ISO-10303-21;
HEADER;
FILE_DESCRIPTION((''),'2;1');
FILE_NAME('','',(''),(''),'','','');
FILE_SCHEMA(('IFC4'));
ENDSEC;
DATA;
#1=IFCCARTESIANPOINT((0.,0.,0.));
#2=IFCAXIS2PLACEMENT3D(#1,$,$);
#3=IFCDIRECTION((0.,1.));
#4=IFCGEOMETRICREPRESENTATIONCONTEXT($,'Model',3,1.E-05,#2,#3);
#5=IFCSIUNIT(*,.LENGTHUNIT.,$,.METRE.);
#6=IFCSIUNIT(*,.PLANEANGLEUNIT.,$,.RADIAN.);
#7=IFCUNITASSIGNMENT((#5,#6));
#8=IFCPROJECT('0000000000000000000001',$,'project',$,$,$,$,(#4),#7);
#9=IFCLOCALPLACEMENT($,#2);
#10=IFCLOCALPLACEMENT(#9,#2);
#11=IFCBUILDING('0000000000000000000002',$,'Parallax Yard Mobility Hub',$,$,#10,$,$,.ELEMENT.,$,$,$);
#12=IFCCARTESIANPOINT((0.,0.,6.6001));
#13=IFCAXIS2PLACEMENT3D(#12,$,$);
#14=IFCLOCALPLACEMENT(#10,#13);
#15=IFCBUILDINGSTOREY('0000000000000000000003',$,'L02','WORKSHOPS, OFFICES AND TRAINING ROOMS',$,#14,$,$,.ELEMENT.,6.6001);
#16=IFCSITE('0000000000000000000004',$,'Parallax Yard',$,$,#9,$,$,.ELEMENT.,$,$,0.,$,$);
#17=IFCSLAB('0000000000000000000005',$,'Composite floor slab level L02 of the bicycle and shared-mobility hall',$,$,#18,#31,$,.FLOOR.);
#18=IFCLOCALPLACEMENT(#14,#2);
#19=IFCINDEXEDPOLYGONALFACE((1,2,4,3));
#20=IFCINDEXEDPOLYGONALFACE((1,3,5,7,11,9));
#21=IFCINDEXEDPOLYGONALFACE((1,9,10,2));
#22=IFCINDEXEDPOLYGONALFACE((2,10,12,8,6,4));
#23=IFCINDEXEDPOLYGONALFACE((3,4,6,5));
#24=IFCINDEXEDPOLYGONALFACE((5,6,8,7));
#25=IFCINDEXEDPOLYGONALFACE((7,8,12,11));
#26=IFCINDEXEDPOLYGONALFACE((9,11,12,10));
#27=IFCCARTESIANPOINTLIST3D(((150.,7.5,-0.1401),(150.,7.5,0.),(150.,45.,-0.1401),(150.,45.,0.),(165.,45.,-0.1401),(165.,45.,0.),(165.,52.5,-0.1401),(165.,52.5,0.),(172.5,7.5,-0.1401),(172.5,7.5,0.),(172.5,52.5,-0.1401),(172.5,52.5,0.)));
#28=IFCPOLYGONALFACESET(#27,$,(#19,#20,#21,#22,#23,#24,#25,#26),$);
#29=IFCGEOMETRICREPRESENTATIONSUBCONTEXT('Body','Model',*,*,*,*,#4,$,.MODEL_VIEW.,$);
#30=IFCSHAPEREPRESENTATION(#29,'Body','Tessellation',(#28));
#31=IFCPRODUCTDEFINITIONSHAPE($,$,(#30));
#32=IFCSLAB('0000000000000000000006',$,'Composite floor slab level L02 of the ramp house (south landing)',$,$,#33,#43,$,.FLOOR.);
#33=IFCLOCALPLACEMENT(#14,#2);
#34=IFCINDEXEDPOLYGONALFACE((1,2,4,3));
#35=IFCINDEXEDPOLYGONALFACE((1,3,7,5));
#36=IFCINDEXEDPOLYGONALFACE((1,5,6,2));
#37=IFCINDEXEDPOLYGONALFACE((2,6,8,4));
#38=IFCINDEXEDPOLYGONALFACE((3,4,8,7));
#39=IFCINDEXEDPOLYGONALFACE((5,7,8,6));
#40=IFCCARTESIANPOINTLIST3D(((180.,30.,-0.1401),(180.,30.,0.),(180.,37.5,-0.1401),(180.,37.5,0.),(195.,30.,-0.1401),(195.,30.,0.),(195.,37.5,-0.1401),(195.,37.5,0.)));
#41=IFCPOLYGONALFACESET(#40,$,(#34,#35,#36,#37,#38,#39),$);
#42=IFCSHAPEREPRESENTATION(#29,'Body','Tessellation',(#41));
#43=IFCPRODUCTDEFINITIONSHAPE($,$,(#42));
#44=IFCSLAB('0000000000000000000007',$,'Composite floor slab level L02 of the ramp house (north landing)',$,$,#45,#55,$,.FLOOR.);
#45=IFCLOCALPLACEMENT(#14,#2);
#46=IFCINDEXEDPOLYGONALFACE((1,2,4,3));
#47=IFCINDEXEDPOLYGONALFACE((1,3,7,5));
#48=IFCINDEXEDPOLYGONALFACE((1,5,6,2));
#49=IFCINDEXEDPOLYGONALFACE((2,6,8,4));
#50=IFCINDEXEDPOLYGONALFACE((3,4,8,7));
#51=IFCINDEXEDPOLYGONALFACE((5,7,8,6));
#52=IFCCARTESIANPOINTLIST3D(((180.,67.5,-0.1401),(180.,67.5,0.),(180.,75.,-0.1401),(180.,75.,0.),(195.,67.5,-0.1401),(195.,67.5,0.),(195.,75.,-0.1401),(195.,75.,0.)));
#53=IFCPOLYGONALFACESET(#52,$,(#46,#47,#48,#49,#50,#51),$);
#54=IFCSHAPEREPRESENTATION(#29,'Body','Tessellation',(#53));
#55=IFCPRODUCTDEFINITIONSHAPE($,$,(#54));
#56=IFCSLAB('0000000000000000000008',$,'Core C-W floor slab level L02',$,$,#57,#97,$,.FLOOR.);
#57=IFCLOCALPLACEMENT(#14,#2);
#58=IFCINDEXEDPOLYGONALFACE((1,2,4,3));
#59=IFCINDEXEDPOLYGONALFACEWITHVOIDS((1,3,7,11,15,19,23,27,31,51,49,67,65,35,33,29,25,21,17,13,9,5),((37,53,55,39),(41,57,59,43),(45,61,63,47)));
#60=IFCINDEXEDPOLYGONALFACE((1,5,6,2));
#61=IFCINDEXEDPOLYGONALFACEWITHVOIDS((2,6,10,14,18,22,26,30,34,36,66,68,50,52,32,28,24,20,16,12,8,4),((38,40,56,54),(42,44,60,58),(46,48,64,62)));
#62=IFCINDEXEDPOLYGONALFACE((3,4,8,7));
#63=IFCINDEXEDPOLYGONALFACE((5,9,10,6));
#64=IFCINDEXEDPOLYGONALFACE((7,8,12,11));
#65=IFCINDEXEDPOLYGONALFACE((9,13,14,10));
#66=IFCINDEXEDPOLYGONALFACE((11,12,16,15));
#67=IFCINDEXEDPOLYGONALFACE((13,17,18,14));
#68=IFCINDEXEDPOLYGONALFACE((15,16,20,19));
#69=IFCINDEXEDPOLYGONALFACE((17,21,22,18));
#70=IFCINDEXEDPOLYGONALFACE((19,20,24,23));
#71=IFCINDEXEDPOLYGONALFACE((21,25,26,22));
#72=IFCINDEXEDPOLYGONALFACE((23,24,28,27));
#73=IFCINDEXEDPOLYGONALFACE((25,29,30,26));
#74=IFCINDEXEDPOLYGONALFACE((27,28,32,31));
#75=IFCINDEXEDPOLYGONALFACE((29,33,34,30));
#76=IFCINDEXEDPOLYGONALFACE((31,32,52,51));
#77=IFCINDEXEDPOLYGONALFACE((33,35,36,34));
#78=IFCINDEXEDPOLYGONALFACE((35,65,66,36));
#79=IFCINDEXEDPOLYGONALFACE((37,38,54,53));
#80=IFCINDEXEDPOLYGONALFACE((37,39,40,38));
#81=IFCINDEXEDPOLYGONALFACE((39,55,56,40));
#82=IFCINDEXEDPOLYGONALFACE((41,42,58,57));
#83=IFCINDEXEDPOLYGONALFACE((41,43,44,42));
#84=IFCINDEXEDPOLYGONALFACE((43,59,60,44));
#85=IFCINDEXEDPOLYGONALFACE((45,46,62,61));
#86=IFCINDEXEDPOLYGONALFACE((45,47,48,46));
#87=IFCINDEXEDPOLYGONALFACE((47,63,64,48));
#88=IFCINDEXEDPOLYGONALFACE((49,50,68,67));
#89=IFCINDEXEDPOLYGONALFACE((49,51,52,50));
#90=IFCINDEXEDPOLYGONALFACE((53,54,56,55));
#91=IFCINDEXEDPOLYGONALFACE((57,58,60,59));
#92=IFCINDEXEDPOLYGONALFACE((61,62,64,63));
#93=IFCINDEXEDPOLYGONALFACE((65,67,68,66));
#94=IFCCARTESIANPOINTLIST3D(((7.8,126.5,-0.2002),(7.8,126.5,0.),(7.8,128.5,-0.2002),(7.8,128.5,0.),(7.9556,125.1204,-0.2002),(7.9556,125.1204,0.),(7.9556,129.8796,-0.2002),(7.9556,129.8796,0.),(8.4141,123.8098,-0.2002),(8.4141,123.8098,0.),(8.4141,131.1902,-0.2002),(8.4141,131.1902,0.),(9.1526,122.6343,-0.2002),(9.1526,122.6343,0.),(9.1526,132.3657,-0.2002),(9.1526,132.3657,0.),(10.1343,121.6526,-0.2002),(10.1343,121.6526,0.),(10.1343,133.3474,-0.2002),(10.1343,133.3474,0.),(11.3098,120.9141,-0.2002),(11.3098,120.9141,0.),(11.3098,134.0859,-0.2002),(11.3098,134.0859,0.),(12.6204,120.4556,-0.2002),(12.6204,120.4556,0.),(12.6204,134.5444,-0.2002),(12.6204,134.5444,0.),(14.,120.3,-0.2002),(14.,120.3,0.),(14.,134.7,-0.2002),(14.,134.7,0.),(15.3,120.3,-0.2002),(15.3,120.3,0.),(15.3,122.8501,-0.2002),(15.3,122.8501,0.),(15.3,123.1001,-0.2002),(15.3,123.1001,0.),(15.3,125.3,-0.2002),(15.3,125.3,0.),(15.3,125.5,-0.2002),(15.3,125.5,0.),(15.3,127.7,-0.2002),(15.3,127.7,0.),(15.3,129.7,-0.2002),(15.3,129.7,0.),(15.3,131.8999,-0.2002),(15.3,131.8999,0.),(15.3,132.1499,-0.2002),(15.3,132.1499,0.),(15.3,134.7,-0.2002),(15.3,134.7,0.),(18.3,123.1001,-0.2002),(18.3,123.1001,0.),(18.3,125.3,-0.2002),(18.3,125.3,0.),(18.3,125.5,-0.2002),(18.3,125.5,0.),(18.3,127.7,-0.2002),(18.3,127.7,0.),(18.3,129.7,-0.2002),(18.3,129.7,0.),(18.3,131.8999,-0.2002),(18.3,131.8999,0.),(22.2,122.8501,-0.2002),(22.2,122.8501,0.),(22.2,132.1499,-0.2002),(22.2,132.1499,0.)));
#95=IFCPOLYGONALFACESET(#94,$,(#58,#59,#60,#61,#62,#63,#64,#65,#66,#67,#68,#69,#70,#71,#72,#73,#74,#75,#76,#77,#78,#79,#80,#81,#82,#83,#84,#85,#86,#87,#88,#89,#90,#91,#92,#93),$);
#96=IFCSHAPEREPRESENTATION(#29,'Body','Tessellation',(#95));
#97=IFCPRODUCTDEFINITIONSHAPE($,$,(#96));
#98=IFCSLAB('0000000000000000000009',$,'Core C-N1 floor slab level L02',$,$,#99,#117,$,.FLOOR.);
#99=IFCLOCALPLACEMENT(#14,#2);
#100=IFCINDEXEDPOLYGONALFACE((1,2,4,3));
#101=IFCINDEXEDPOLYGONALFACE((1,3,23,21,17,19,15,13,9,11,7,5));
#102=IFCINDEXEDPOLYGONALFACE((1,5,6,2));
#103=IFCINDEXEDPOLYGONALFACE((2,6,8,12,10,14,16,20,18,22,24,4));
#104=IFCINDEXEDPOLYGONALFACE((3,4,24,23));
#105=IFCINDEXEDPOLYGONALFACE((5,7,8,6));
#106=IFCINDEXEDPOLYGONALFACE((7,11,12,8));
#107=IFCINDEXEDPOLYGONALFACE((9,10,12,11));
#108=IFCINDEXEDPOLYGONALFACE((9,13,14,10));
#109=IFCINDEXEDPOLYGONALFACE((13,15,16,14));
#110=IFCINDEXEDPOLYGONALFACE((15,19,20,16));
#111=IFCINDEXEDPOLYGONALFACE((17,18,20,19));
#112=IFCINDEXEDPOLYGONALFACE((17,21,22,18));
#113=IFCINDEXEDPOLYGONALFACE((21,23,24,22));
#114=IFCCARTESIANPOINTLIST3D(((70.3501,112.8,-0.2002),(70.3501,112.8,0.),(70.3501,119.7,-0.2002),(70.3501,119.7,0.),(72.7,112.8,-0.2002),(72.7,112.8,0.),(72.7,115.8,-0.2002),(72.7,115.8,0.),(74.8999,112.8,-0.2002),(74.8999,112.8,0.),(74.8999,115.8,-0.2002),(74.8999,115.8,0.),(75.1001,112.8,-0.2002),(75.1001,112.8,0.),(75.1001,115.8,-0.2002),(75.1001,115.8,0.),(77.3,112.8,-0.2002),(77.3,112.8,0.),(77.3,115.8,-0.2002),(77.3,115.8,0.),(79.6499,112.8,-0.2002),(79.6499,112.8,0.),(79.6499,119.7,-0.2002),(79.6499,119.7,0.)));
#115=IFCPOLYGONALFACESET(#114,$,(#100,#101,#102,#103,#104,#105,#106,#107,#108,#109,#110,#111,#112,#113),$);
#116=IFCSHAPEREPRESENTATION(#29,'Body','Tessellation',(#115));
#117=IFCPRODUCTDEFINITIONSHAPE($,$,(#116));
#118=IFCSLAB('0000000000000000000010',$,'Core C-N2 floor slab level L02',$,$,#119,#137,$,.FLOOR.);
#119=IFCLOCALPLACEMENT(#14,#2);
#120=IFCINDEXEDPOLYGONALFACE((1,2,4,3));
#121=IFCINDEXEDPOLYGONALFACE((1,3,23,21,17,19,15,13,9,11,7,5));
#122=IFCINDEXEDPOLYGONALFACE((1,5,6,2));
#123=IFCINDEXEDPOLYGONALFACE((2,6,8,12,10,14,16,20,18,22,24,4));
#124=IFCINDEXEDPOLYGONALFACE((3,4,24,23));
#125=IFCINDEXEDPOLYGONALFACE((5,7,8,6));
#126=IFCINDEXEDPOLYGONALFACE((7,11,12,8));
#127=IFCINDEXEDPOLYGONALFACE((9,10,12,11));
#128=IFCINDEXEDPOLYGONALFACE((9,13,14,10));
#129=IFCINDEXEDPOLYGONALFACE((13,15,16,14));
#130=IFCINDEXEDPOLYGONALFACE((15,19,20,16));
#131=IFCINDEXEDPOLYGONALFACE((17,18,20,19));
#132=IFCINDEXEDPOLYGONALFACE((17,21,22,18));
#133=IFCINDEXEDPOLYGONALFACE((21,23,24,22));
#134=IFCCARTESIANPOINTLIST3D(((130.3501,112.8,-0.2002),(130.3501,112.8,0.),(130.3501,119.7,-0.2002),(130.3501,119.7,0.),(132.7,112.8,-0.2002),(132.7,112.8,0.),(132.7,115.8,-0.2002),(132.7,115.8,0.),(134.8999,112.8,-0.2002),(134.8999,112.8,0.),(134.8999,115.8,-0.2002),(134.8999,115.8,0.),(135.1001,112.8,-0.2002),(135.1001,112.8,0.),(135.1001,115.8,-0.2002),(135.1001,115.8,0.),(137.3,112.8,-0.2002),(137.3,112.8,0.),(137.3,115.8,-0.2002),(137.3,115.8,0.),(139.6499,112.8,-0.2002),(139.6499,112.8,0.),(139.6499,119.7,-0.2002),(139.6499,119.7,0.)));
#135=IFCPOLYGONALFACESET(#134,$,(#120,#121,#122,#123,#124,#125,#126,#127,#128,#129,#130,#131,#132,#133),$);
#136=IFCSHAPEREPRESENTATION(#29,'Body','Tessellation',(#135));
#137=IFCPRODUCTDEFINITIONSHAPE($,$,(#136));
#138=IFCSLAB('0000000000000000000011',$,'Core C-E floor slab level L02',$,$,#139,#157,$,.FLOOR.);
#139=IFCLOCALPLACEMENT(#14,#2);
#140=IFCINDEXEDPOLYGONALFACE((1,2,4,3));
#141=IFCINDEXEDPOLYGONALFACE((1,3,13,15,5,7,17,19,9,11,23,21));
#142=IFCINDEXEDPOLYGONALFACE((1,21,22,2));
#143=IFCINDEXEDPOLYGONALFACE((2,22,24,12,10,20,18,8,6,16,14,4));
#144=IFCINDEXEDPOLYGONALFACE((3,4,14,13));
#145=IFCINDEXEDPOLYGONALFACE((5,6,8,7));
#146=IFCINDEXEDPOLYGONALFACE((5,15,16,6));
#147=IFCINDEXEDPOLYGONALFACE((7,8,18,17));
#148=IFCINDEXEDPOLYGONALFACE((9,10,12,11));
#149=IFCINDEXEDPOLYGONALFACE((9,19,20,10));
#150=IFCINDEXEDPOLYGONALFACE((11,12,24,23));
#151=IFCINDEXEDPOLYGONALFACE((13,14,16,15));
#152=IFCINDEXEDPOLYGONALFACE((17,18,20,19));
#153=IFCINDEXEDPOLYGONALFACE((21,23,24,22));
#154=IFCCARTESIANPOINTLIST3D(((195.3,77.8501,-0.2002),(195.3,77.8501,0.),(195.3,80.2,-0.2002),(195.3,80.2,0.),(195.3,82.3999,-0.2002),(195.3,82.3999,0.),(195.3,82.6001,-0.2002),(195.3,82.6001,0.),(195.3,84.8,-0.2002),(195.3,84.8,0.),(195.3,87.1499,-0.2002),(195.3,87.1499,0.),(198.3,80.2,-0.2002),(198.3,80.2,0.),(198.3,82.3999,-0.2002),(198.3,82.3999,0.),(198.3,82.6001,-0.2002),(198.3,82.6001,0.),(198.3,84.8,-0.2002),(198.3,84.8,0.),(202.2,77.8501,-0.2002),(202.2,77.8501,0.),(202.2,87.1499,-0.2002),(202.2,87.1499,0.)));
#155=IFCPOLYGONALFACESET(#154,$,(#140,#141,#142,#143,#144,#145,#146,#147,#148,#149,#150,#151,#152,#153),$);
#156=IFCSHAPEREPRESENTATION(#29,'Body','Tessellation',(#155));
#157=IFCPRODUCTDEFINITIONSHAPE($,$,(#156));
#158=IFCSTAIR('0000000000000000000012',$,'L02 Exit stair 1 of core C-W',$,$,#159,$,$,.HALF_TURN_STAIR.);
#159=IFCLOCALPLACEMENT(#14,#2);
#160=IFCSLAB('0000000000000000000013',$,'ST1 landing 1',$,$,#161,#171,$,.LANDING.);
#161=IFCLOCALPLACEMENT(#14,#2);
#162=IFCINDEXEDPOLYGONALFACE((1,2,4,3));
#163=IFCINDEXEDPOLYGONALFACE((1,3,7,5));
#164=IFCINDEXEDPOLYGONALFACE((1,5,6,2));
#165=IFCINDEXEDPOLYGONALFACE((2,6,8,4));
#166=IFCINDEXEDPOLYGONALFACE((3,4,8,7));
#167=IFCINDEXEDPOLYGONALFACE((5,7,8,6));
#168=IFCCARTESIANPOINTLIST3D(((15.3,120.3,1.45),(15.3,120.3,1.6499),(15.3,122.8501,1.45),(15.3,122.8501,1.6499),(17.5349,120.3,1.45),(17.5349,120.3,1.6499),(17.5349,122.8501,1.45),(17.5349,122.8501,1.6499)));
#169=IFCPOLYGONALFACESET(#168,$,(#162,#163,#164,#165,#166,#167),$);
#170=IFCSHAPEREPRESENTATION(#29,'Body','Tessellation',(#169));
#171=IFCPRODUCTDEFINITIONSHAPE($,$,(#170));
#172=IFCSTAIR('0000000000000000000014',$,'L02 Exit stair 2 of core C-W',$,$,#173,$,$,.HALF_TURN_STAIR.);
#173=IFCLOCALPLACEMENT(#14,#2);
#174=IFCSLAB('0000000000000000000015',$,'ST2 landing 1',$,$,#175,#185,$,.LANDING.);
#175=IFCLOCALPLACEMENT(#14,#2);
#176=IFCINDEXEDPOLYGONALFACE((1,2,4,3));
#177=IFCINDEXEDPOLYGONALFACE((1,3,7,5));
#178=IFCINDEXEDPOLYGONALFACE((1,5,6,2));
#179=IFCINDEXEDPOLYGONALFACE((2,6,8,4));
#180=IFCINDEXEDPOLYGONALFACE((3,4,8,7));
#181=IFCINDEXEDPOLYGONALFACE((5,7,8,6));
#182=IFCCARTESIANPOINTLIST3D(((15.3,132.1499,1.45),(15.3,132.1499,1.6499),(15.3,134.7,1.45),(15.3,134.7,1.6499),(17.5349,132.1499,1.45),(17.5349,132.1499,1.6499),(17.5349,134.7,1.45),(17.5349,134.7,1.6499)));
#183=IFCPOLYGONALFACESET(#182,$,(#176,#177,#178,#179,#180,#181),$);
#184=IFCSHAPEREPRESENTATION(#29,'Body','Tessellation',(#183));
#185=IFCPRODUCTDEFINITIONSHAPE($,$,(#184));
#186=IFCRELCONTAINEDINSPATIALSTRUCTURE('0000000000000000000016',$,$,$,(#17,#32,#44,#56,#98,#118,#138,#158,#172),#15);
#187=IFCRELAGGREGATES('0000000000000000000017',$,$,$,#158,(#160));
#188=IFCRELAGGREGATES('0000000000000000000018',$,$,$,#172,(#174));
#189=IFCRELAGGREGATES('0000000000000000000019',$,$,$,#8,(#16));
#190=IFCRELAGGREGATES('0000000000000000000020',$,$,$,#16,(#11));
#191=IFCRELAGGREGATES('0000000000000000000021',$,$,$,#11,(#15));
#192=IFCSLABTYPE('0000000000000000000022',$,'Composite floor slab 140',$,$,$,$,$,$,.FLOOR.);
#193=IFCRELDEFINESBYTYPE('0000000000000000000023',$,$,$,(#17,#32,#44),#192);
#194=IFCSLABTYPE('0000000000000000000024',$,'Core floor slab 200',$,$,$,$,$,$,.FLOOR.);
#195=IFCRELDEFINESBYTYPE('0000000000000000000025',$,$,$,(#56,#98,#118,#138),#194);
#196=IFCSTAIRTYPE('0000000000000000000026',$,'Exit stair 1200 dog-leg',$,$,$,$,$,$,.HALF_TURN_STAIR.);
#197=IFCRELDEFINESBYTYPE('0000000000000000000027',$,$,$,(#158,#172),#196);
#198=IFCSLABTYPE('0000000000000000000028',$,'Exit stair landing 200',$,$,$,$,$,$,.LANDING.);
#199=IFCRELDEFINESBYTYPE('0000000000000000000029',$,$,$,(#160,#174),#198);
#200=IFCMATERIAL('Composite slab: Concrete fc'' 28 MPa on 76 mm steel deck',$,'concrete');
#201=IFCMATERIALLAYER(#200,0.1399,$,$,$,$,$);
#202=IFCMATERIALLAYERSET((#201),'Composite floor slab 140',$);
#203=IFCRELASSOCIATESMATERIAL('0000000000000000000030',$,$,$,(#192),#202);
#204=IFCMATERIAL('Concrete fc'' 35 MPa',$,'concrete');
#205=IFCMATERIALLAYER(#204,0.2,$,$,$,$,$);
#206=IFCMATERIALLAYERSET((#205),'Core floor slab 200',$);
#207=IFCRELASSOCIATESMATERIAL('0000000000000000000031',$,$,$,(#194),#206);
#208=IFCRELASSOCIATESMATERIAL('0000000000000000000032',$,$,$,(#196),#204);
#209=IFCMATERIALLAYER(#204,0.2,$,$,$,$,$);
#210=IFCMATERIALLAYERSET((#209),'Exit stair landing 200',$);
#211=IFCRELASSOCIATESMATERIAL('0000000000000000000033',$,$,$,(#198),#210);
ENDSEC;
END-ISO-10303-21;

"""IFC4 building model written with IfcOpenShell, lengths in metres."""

from ifc_helpers import new_model, si_unit, direction, frame, origin, place, context, subcontext, project, spatial, polyline, outline, extrude, material, layer, layer_set, type_object, element, aggregate, save


model = new_model("IFC4")

# Units and contexts
model_context = context("Model", 3, precision=1e-05, world=origin(), true_north=direction((0.0, 1.0)))
body_context = subcontext(model_context, "Body", "Model", "MODEL_VIEW")
ifc_project = project(units=[si_unit("LENGTHUNIT", "METRE"), si_unit("PLANEANGLEUNIT", "RADIAN")], contexts=[model_context])

# Site, building, storey
site_placement = place(None, origin())
site = spatial("IfcSite", under=ifc_project, at=site_placement, Name="Parallax Yard", CompositionType="ELEMENT", RefElevation=0.0)
building_placement = place(site_placement, origin())
building = spatial("IfcBuilding", under=site, at=building_placement, Name="Parallax Yard Mobility Hub", CompositionType="ELEMENT")
storey_placement = place(building_placement, frame((0.0, 0.0, 6.6001)))
storey = spatial("IfcBuildingStorey", under=building, at=storey_placement, Name="L02", Description="WORKSHOPS, OFFICES AND TRAINING ROOMS", CompositionType="ELEMENT", Elevation=6.6001)

# Slabs
ifc_material_1 = material(Name="Composite slab: Concrete fc' 28 MPa on 76 mm steel deck", Category="concrete")
ifc_layer_1 = layer(ifc_material_1, 0.1399)
ifc_layer_set_1 = layer_set([ifc_layer_1], Name="Composite floor slab 140")
slab_type_1 = type_object("IfcSlabType", Name="Composite floor slab 140", PredefinedType="FLOOR", material=ifc_layer_set_1)
slab_1_placement = place(storey_placement, frame((0.0, 0.0, -0.1401)))
element("IfcSlab", 1, at=slab_1_placement, inside=storey, type_object=slab_type_1, Name="Composite floor slab level L02 of the bicycle and shared-mobility hall", PredefinedType="FLOOR", context=body_context, shape_type="SweptSolid", body=[
    extrude(outline(polyline([(172.5, 52.5), (165.0, 52.5), (165.0, 45.0), (150.0, 45.0), (150.0, 7.5), (172.5, 7.5), (172.5, 52.5)])), origin(), (0.0, 0.0, 1.0), 0.1401),
])
slab_2_placement = place(storey_placement, frame((0.0, 0.0, -0.1401)))
element("IfcSlab", 2, at=slab_2_placement, inside=storey, type_object=slab_type_1, Name="Composite floor slab level L02 of the ramp house (south landing)", PredefinedType="FLOOR", context=body_context, shape_type="SweptSolid", body=[
    extrude(outline(polyline([(195.0, 30.0), (195.0, 37.5), (180.0, 37.5), (180.0, 30.0), (195.0, 30.0)])), origin(), (0.0, 0.0, 1.0), 0.1401),
])
slab_3_placement = place(storey_placement, frame((0.0, 0.0, -0.1401)))
element("IfcSlab", 3, at=slab_3_placement, inside=storey, type_object=slab_type_1, Name="Composite floor slab level L02 of the ramp house (north landing)", PredefinedType="FLOOR", context=body_context, shape_type="SweptSolid", body=[
    extrude(outline(polyline([(195.0, 67.5), (195.0, 75.0), (180.0, 75.0), (180.0, 67.5), (195.0, 67.5)])), origin(), (0.0, 0.0, 1.0), 0.1401),
])
ifc_material_2 = material(Name="Concrete fc' 35 MPa", Category="concrete")
ifc_layer_2 = layer(ifc_material_2, 0.2)
ifc_layer_set_2 = layer_set([ifc_layer_2], Name="Core floor slab 200")
slab_type_2 = type_object("IfcSlabType", Name="Core floor slab 200", PredefinedType="FLOOR", material=ifc_layer_set_2)
slab_4_placement = place(storey_placement, frame((0.0, 0.0, -0.2002)))
element("IfcSlab", 4, at=slab_4_placement, inside=storey, type_object=slab_type_2, Name="Core C-W floor slab level L02", PredefinedType="FLOOR", context=body_context, shape_type="SweptSolid", body=[
    extrude(outline(polyline([(11.3098, 120.9141), (10.1343, 121.6526), (9.1526, 122.6343), (8.4141, 123.8098), (7.9556, 125.1204), (7.8, 126.5), (7.8, 128.5), (7.9556, 129.8796), (8.4141, 131.1902), (9.1526, 132.3657), (10.1343, 133.3474), (11.3098, 134.0859), (12.6204, 134.5444), (14.0, 134.7), (15.3, 134.7), (15.3, 132.1499), (22.2, 132.1499), (22.2, 122.8501), (15.3, 122.8501), (15.3, 120.3), (14.0, 120.3), (12.6204, 120.4556), (11.3098, 120.9141)]), holes=[polyline([(18.3, 123.1001), (18.3, 125.3), (15.3, 125.3), (15.3, 123.1001), (18.3, 123.1001)]), polyline([(15.3, 125.5), (18.3, 125.5), (18.3, 127.7), (15.3, 127.7), (15.3, 125.5)]), polyline([(15.3, 131.8999), (15.3, 129.7), (18.3, 129.7), (18.3, 131.8999), (15.3, 131.8999)])]), origin(), (0.0, 0.0, 1.0), 0.2002),
])
slab_5_placement = place(storey_placement, frame((0.0, 0.0, -0.2002)))
element("IfcSlab", 5, at=slab_5_placement, inside=storey, type_object=slab_type_2, Name="Core C-N1 floor slab level L02", PredefinedType="FLOOR", context=body_context, shape_type="SweptSolid", body=[
    extrude(outline(polyline([(79.6499, 119.7), (79.6499, 112.8), (77.3, 112.8), (77.3, 115.8), (75.1001, 115.8), (75.1001, 112.8), (74.8999, 112.8), (74.8999, 115.8), (72.7, 115.8), (72.7, 112.8), (70.3501, 112.8), (70.3501, 119.7), (79.6499, 119.7)])), origin(), (0.0, 0.0, 1.0), 0.2002),
])
slab_6_placement = place(storey_placement, frame((0.0, 0.0, -0.2002)))
element("IfcSlab", 6, at=slab_6_placement, inside=storey, type_object=slab_type_2, Name="Core C-N2 floor slab level L02", PredefinedType="FLOOR", context=body_context, shape_type="SweptSolid", body=[
    extrude(outline(polyline([(139.6499, 119.7), (139.6499, 112.8), (137.3, 112.8), (137.3, 115.8), (135.1001, 115.8), (135.1001, 112.8), (134.8999, 112.8), (134.8999, 115.8), (132.7, 115.8), (132.7, 112.8), (130.3501, 112.8), (130.3501, 119.7), (139.6499, 119.7)])), origin(), (0.0, 0.0, 1.0), 0.2002),
])
slab_7_placement = place(storey_placement, frame((0.0, 0.0, -0.2002)))
element("IfcSlab", 7, at=slab_7_placement, inside=storey, type_object=slab_type_2, Name="Core C-E floor slab level L02", PredefinedType="FLOOR", context=body_context, shape_type="SweptSolid", body=[
    extrude(outline(polyline([(202.2, 77.8501), (195.3, 77.8501), (195.3, 80.2), (198.3, 80.2), (198.3, 82.3999), (195.3, 82.3999), (195.3, 82.6001), (198.3, 82.6001), (198.3, 84.8), (195.3, 84.8), (195.3, 87.1499), (202.2, 87.1499), (202.2, 77.8501)])), origin(), (0.0, 0.0, 1.0), 0.2002),
])

# Stairs, slabs
stair_type = type_object("IfcStairType", Name="Exit stair 1200 dog-leg", PredefinedType="HALF_TURN_STAIR", material=ifc_material_2)
stair_1_placement = place(storey_placement, origin())
stair_1 = element("IfcStair", 8, at=stair_1_placement, inside=storey, type_object=stair_type, Name="L02 Exit stair 1 of core C-W", PredefinedType="HALF_TURN_STAIR")
ifc_layer_3 = layer(ifc_material_2, 0.2)
ifc_layer_set_3 = layer_set([ifc_layer_3], Name="Exit stair landing 200")
slab_type_3 = type_object("IfcSlabType", Name="Exit stair landing 200", PredefinedType="LANDING", material=ifc_layer_set_3)
slab_8_placement = place(storey_placement, frame((0.0, 0.0, 1.45)))
slab_8 = element("IfcSlab", 9, at=slab_8_placement, type_object=slab_type_3, Name="ST1 landing 1", PredefinedType="LANDING", context=body_context, shape_type="SweptSolid", body=[
    extrude(outline(polyline([(17.5349, 122.8501), (15.3, 122.8501), (15.3, 120.3), (17.5349, 120.3), (17.5349, 122.8501)])), origin(), (0.0, 0.0, 1.0), 0.2),
])
aggregate(stair_1, [slab_8])
stair_2_placement = place(storey_placement, origin())
stair_2 = element("IfcStair", 10, at=stair_2_placement, inside=storey, type_object=stair_type, Name="L02 Exit stair 2 of core C-W", PredefinedType="HALF_TURN_STAIR")
slab_9_placement = place(storey_placement, frame((0.0, 0.0, 1.45)))
slab_9 = element("IfcSlab", 11, at=slab_9_placement, type_object=slab_type_3, Name="ST2 landing 1", PredefinedType="LANDING", context=body_context, shape_type="SweptSolid", body=[
    extrude(outline(polyline([(17.5349, 134.7), (15.3, 134.7), (15.3, 132.1499), (17.5349, 132.1499), (17.5349, 134.7)])), origin(), (0.0, 0.0, 1.0), 0.2),
])
aggregate(stair_2, [slab_9])

save(model, "model.ifc")
